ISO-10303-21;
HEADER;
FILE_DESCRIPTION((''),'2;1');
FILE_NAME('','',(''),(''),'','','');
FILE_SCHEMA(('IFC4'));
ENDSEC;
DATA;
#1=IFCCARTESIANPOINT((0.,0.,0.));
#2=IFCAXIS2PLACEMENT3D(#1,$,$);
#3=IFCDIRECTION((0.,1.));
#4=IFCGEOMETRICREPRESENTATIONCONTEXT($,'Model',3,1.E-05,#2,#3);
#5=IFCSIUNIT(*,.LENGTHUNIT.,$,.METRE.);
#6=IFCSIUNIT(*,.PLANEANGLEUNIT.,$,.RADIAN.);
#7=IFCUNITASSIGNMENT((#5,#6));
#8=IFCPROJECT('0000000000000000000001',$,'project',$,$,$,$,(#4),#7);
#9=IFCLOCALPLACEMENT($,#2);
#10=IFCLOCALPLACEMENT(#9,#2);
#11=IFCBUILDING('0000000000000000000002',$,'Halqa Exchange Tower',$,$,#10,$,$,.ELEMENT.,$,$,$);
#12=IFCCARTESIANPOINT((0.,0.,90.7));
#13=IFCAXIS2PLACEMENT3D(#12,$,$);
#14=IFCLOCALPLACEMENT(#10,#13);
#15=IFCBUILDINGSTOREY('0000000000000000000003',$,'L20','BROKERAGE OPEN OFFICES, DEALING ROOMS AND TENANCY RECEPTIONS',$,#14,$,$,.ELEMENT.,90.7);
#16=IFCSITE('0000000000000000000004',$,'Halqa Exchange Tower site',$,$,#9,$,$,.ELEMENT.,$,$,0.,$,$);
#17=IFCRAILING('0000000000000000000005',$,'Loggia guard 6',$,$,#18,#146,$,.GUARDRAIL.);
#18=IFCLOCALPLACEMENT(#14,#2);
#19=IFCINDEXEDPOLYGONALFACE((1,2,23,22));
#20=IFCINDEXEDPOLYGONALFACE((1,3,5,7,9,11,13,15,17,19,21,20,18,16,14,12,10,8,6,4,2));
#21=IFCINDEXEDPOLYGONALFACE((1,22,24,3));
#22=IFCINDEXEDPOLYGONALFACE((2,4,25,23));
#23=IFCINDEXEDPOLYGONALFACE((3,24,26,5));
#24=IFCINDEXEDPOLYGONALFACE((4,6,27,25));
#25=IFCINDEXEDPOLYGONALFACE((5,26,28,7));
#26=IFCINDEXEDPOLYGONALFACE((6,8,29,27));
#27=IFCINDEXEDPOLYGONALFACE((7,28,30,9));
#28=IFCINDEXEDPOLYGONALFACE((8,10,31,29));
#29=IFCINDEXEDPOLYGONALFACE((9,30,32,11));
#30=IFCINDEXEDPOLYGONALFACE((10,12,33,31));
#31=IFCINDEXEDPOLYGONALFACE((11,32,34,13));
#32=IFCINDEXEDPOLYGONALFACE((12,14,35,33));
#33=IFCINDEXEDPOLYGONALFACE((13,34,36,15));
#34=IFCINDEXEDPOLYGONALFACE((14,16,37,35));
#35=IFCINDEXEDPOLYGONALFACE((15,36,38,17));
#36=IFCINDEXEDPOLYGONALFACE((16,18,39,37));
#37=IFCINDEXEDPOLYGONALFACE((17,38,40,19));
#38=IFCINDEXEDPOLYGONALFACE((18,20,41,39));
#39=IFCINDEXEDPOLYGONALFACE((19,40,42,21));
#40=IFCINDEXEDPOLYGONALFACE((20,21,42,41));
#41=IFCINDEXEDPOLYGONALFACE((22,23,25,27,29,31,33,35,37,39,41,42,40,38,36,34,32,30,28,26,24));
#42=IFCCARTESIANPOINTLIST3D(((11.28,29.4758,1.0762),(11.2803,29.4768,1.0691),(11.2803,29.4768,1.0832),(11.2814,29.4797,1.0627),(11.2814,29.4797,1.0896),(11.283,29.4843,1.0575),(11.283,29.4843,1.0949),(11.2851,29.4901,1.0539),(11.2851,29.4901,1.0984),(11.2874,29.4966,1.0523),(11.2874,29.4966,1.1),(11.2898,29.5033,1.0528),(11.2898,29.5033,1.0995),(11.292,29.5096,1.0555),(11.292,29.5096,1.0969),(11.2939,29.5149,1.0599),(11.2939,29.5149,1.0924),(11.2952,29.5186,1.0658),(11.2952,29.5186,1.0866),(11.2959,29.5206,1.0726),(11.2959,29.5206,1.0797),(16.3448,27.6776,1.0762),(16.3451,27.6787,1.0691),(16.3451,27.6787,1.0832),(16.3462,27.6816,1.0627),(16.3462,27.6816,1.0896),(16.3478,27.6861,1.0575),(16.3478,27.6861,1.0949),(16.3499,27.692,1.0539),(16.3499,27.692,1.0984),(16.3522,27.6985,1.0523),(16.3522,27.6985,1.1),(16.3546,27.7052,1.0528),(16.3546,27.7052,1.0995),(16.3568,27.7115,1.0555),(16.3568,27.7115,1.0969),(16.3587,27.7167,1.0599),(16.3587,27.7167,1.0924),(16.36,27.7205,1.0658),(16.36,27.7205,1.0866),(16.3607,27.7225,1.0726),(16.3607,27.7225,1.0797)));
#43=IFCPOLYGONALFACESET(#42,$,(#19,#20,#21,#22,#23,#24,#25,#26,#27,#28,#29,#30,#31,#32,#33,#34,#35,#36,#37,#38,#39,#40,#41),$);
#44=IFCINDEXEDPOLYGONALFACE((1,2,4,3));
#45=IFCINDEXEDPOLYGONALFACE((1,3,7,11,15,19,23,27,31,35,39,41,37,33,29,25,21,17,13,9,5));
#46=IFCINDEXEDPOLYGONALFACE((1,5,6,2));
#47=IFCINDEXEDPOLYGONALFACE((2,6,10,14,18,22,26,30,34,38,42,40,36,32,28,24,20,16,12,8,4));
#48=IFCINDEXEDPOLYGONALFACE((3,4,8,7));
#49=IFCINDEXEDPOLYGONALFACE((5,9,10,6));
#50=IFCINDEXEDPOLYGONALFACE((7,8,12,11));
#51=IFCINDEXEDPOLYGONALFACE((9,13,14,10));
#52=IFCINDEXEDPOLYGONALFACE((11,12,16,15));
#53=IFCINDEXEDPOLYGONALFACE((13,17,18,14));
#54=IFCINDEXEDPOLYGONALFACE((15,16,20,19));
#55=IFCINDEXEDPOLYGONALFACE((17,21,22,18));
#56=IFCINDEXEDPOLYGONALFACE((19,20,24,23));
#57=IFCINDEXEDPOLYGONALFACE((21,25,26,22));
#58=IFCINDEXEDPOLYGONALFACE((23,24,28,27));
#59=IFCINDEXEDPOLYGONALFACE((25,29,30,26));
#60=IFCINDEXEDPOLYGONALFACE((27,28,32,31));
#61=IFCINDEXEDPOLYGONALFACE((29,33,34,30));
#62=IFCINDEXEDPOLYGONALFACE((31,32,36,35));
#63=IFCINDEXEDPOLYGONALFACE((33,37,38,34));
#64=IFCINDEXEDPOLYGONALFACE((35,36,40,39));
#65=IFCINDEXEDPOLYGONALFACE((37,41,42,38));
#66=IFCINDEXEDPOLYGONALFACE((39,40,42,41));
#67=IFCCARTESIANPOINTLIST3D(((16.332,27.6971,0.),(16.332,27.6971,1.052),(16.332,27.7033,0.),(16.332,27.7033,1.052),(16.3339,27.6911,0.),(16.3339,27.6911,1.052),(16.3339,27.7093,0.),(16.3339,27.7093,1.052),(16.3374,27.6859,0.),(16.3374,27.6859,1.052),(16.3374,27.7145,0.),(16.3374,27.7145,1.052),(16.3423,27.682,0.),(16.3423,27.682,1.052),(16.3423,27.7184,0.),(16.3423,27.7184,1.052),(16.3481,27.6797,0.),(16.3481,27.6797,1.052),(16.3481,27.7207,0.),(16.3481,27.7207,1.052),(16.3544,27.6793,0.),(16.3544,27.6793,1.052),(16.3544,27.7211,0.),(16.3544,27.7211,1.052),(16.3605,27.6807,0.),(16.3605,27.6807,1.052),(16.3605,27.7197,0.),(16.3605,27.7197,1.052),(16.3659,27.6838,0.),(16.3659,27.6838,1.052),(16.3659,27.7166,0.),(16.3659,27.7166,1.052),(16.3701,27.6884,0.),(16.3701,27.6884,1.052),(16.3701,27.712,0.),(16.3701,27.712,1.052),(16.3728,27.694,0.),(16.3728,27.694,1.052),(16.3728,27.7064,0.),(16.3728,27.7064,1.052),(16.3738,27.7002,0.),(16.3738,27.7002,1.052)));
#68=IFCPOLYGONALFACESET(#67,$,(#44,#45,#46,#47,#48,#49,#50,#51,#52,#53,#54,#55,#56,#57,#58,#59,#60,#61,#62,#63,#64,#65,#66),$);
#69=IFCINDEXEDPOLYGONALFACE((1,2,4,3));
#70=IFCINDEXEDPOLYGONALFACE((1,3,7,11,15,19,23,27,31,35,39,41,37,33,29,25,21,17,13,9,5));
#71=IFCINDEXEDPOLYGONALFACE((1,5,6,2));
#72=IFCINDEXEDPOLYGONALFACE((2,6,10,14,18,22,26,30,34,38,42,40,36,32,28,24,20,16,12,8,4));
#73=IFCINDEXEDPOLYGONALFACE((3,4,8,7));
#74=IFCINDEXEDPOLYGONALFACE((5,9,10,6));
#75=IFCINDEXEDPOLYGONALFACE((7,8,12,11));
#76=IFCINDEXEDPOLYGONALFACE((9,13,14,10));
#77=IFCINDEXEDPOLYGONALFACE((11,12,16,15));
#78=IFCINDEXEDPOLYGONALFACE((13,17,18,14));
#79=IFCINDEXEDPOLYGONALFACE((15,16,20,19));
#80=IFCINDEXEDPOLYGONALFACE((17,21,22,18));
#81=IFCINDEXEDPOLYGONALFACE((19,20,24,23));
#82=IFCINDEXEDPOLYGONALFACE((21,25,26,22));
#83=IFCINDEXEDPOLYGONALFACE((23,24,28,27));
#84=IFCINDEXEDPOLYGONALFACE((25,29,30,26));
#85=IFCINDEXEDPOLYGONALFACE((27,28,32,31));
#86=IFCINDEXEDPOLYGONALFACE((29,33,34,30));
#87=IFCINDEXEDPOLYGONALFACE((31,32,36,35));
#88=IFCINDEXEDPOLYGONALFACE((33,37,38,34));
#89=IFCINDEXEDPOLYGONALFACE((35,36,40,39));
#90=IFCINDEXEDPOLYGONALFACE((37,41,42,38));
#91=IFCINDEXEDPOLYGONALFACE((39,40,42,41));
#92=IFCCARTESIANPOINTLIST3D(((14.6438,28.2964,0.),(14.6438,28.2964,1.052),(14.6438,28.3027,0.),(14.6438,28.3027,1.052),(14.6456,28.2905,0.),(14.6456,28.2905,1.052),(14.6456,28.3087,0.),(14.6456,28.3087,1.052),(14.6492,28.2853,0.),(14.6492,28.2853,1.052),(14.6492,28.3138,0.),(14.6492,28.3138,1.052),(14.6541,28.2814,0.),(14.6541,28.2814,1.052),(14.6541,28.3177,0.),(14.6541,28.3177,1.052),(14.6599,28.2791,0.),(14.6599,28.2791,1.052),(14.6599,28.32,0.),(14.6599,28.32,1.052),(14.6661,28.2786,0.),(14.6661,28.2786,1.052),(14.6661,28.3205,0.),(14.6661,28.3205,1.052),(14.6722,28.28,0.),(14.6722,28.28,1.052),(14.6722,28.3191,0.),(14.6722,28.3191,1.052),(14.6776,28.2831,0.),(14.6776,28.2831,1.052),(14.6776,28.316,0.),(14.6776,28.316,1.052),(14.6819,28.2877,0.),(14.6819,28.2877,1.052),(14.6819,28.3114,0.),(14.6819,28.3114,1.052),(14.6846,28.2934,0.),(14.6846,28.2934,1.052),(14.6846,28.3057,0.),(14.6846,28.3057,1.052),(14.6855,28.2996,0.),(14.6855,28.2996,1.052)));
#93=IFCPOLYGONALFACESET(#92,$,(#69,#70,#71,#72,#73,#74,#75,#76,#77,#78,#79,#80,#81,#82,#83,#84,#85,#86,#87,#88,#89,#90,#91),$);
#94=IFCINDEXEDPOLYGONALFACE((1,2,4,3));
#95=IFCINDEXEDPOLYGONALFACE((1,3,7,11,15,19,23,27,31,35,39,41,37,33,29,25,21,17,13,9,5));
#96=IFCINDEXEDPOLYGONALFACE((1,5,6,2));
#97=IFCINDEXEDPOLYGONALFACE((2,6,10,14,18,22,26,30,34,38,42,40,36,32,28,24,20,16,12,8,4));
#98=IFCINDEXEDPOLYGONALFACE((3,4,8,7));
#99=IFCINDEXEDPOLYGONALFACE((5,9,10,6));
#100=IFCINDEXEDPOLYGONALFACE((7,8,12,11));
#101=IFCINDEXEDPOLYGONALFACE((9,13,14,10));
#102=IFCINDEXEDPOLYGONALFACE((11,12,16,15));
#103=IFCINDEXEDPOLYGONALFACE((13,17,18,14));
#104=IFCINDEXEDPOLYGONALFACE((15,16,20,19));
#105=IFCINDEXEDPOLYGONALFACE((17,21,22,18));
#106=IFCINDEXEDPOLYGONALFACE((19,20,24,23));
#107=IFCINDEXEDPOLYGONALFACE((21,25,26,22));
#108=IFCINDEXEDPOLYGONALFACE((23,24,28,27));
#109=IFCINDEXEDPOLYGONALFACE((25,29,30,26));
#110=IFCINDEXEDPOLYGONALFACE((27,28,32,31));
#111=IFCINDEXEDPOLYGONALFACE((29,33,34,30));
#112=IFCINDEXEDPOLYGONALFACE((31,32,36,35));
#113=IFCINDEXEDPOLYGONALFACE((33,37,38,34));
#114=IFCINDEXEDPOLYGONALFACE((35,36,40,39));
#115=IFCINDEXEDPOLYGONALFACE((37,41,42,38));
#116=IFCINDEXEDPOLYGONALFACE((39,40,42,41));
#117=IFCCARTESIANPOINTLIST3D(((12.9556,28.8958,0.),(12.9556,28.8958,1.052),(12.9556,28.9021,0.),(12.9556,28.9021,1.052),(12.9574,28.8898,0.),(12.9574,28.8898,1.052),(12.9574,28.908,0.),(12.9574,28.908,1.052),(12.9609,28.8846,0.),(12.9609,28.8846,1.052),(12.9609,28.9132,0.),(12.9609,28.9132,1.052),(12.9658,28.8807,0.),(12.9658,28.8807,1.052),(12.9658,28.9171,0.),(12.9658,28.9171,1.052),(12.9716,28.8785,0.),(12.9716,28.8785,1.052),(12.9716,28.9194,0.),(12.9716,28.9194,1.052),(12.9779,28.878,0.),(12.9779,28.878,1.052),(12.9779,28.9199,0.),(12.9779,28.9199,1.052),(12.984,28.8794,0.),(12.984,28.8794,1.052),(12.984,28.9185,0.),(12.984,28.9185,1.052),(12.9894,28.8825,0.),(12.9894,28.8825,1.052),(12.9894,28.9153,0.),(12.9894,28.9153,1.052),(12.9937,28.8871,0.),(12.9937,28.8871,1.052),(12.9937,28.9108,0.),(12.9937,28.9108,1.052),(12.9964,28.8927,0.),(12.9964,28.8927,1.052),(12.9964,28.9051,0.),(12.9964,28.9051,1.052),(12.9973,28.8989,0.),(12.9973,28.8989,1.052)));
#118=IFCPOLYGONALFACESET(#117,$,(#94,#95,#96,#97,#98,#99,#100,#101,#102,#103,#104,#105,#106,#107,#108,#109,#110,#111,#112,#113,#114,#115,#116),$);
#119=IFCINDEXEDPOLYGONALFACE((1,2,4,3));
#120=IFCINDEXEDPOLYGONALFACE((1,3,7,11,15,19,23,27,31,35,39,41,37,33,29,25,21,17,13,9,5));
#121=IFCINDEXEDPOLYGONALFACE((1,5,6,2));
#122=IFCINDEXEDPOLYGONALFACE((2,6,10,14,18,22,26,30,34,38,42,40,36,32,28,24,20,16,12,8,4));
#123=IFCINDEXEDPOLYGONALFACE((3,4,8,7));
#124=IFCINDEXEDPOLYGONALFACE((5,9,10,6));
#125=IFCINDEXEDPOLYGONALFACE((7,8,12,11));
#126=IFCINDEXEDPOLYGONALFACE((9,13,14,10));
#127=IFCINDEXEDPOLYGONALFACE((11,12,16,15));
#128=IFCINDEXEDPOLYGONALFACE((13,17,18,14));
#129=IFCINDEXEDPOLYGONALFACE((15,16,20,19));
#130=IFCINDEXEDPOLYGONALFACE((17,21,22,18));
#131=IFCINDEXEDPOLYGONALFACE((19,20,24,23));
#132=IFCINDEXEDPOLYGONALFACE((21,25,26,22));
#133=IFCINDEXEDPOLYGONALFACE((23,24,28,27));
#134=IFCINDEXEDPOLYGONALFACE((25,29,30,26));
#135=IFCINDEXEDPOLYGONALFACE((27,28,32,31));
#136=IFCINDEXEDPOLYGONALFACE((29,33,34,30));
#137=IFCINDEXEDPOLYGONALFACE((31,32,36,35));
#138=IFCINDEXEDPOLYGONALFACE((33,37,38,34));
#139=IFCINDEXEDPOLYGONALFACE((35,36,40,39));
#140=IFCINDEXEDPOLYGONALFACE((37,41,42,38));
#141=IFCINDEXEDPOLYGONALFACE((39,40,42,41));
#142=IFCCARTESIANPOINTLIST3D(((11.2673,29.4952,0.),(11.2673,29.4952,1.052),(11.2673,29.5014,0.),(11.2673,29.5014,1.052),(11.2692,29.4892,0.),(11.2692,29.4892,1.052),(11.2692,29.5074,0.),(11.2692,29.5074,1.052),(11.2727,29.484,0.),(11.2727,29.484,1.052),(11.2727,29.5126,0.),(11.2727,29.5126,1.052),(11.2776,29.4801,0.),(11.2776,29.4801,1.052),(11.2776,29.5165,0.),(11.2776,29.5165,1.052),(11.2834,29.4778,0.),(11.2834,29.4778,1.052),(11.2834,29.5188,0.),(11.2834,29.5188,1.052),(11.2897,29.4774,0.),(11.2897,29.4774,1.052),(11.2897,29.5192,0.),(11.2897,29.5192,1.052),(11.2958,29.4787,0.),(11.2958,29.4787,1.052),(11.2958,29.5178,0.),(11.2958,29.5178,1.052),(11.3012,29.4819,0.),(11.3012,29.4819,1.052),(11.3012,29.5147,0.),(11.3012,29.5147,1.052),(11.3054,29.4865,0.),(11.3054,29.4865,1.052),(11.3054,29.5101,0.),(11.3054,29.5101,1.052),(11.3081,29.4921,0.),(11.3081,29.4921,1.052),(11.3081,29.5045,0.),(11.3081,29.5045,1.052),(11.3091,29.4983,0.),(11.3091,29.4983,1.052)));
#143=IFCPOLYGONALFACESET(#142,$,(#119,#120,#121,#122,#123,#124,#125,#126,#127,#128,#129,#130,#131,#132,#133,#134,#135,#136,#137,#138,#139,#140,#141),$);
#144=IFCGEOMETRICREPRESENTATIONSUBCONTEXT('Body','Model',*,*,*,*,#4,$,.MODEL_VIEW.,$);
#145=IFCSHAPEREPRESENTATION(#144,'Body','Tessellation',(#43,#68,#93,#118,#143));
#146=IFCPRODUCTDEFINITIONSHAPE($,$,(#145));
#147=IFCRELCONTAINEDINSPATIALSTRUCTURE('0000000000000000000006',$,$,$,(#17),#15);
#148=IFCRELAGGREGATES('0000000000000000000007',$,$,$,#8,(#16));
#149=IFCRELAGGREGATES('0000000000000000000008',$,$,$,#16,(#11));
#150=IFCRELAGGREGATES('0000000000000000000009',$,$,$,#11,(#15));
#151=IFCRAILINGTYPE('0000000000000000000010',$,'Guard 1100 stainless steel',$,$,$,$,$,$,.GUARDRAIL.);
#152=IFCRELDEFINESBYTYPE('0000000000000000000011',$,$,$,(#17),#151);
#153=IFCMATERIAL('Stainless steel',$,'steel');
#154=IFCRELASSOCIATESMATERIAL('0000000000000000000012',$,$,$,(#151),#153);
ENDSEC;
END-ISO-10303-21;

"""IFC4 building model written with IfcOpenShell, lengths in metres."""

from ifc_helpers import new_model, si_unit, direction, frame, origin, origin_2d, place, context, subcontext, project, spatial, circle, extrude, material, type_object, element, save


model = new_model("IFC4")

# Units and contexts
model_context = context("Model", 3, precision=1e-05, world=origin(), true_north=direction((0.0, 1.0)))
body_context = subcontext(model_context, "Body", "Model", "MODEL_VIEW")
ifc_project = project(units=[si_unit("LENGTHUNIT", "METRE"), si_unit("PLANEANGLEUNIT", "RADIAN")], contexts=[model_context])

# Site, building, storey
site_placement = place(None, origin())
site = spatial("IfcSite", under=ifc_project, at=site_placement, Name="Halqa Exchange Tower site", CompositionType="ELEMENT", RefElevation=0.0)
building_placement = place(site_placement, origin())
building = spatial("IfcBuilding", under=site, at=building_placement, Name="Halqa Exchange Tower", CompositionType="ELEMENT")
storey_placement = place(building_placement, frame((0.0, 0.0, 90.7)))
storey = spatial("IfcBuildingStorey", under=building, at=storey_placement, Name="L20", Description="BROKERAGE OPEN OFFICES, DEALING ROOMS AND TENANCY RECEPTIONS", CompositionType="ELEMENT", Elevation=90.7)

# Railing
ifc_material_1 = material(Name="Stainless steel", Category="steel")
railing_type = type_object("IfcRailingType", Name="Guard 1100 stainless steel", PredefinedType="GUARDRAIL", material=ifc_material_1)
railing_1_placement = place(storey_placement, frame((16.3528, 27.7002, 0.0)))
element("IfcRailing", 1, at=railing_1_placement, inside=storey, type_object=railing_type, Name="Loggia guard 6", PredefinedType="GUARDRAIL", context=body_context, shape_type="SweptSolid", body=[
    extrude(circle(Radius=0.0239, at=origin_2d()), frame((0.0, 0.0, 1.0762), z_axis=(-0.942372, 0.334566, 0.0), x_axis=(-0.334566, -0.942372, 0.0)), (0.0, 0.0, 1.0), 5.3745),
    extrude(circle(Radius=0.021, at=origin_2d()), origin(), (0.0, 0.0, 1.0), 1.052),
    extrude(circle(Radius=0.021, at=origin_2d()), frame((-1.6882, 0.5994, 0.0)), (0.0, 0.0, 1.0), 1.052),
    extrude(circle(Radius=0.021, at=origin_2d()), frame((-3.3765, 1.1987, 0.0)), (0.0, 0.0, 1.0), 1.052),
    extrude(circle(Radius=0.021, at=origin_2d()), frame((-5.0647, 1.7981, 0.0)), (0.0, 0.0, 1.0), 1.052),
])

save(model, "model.ifc")
